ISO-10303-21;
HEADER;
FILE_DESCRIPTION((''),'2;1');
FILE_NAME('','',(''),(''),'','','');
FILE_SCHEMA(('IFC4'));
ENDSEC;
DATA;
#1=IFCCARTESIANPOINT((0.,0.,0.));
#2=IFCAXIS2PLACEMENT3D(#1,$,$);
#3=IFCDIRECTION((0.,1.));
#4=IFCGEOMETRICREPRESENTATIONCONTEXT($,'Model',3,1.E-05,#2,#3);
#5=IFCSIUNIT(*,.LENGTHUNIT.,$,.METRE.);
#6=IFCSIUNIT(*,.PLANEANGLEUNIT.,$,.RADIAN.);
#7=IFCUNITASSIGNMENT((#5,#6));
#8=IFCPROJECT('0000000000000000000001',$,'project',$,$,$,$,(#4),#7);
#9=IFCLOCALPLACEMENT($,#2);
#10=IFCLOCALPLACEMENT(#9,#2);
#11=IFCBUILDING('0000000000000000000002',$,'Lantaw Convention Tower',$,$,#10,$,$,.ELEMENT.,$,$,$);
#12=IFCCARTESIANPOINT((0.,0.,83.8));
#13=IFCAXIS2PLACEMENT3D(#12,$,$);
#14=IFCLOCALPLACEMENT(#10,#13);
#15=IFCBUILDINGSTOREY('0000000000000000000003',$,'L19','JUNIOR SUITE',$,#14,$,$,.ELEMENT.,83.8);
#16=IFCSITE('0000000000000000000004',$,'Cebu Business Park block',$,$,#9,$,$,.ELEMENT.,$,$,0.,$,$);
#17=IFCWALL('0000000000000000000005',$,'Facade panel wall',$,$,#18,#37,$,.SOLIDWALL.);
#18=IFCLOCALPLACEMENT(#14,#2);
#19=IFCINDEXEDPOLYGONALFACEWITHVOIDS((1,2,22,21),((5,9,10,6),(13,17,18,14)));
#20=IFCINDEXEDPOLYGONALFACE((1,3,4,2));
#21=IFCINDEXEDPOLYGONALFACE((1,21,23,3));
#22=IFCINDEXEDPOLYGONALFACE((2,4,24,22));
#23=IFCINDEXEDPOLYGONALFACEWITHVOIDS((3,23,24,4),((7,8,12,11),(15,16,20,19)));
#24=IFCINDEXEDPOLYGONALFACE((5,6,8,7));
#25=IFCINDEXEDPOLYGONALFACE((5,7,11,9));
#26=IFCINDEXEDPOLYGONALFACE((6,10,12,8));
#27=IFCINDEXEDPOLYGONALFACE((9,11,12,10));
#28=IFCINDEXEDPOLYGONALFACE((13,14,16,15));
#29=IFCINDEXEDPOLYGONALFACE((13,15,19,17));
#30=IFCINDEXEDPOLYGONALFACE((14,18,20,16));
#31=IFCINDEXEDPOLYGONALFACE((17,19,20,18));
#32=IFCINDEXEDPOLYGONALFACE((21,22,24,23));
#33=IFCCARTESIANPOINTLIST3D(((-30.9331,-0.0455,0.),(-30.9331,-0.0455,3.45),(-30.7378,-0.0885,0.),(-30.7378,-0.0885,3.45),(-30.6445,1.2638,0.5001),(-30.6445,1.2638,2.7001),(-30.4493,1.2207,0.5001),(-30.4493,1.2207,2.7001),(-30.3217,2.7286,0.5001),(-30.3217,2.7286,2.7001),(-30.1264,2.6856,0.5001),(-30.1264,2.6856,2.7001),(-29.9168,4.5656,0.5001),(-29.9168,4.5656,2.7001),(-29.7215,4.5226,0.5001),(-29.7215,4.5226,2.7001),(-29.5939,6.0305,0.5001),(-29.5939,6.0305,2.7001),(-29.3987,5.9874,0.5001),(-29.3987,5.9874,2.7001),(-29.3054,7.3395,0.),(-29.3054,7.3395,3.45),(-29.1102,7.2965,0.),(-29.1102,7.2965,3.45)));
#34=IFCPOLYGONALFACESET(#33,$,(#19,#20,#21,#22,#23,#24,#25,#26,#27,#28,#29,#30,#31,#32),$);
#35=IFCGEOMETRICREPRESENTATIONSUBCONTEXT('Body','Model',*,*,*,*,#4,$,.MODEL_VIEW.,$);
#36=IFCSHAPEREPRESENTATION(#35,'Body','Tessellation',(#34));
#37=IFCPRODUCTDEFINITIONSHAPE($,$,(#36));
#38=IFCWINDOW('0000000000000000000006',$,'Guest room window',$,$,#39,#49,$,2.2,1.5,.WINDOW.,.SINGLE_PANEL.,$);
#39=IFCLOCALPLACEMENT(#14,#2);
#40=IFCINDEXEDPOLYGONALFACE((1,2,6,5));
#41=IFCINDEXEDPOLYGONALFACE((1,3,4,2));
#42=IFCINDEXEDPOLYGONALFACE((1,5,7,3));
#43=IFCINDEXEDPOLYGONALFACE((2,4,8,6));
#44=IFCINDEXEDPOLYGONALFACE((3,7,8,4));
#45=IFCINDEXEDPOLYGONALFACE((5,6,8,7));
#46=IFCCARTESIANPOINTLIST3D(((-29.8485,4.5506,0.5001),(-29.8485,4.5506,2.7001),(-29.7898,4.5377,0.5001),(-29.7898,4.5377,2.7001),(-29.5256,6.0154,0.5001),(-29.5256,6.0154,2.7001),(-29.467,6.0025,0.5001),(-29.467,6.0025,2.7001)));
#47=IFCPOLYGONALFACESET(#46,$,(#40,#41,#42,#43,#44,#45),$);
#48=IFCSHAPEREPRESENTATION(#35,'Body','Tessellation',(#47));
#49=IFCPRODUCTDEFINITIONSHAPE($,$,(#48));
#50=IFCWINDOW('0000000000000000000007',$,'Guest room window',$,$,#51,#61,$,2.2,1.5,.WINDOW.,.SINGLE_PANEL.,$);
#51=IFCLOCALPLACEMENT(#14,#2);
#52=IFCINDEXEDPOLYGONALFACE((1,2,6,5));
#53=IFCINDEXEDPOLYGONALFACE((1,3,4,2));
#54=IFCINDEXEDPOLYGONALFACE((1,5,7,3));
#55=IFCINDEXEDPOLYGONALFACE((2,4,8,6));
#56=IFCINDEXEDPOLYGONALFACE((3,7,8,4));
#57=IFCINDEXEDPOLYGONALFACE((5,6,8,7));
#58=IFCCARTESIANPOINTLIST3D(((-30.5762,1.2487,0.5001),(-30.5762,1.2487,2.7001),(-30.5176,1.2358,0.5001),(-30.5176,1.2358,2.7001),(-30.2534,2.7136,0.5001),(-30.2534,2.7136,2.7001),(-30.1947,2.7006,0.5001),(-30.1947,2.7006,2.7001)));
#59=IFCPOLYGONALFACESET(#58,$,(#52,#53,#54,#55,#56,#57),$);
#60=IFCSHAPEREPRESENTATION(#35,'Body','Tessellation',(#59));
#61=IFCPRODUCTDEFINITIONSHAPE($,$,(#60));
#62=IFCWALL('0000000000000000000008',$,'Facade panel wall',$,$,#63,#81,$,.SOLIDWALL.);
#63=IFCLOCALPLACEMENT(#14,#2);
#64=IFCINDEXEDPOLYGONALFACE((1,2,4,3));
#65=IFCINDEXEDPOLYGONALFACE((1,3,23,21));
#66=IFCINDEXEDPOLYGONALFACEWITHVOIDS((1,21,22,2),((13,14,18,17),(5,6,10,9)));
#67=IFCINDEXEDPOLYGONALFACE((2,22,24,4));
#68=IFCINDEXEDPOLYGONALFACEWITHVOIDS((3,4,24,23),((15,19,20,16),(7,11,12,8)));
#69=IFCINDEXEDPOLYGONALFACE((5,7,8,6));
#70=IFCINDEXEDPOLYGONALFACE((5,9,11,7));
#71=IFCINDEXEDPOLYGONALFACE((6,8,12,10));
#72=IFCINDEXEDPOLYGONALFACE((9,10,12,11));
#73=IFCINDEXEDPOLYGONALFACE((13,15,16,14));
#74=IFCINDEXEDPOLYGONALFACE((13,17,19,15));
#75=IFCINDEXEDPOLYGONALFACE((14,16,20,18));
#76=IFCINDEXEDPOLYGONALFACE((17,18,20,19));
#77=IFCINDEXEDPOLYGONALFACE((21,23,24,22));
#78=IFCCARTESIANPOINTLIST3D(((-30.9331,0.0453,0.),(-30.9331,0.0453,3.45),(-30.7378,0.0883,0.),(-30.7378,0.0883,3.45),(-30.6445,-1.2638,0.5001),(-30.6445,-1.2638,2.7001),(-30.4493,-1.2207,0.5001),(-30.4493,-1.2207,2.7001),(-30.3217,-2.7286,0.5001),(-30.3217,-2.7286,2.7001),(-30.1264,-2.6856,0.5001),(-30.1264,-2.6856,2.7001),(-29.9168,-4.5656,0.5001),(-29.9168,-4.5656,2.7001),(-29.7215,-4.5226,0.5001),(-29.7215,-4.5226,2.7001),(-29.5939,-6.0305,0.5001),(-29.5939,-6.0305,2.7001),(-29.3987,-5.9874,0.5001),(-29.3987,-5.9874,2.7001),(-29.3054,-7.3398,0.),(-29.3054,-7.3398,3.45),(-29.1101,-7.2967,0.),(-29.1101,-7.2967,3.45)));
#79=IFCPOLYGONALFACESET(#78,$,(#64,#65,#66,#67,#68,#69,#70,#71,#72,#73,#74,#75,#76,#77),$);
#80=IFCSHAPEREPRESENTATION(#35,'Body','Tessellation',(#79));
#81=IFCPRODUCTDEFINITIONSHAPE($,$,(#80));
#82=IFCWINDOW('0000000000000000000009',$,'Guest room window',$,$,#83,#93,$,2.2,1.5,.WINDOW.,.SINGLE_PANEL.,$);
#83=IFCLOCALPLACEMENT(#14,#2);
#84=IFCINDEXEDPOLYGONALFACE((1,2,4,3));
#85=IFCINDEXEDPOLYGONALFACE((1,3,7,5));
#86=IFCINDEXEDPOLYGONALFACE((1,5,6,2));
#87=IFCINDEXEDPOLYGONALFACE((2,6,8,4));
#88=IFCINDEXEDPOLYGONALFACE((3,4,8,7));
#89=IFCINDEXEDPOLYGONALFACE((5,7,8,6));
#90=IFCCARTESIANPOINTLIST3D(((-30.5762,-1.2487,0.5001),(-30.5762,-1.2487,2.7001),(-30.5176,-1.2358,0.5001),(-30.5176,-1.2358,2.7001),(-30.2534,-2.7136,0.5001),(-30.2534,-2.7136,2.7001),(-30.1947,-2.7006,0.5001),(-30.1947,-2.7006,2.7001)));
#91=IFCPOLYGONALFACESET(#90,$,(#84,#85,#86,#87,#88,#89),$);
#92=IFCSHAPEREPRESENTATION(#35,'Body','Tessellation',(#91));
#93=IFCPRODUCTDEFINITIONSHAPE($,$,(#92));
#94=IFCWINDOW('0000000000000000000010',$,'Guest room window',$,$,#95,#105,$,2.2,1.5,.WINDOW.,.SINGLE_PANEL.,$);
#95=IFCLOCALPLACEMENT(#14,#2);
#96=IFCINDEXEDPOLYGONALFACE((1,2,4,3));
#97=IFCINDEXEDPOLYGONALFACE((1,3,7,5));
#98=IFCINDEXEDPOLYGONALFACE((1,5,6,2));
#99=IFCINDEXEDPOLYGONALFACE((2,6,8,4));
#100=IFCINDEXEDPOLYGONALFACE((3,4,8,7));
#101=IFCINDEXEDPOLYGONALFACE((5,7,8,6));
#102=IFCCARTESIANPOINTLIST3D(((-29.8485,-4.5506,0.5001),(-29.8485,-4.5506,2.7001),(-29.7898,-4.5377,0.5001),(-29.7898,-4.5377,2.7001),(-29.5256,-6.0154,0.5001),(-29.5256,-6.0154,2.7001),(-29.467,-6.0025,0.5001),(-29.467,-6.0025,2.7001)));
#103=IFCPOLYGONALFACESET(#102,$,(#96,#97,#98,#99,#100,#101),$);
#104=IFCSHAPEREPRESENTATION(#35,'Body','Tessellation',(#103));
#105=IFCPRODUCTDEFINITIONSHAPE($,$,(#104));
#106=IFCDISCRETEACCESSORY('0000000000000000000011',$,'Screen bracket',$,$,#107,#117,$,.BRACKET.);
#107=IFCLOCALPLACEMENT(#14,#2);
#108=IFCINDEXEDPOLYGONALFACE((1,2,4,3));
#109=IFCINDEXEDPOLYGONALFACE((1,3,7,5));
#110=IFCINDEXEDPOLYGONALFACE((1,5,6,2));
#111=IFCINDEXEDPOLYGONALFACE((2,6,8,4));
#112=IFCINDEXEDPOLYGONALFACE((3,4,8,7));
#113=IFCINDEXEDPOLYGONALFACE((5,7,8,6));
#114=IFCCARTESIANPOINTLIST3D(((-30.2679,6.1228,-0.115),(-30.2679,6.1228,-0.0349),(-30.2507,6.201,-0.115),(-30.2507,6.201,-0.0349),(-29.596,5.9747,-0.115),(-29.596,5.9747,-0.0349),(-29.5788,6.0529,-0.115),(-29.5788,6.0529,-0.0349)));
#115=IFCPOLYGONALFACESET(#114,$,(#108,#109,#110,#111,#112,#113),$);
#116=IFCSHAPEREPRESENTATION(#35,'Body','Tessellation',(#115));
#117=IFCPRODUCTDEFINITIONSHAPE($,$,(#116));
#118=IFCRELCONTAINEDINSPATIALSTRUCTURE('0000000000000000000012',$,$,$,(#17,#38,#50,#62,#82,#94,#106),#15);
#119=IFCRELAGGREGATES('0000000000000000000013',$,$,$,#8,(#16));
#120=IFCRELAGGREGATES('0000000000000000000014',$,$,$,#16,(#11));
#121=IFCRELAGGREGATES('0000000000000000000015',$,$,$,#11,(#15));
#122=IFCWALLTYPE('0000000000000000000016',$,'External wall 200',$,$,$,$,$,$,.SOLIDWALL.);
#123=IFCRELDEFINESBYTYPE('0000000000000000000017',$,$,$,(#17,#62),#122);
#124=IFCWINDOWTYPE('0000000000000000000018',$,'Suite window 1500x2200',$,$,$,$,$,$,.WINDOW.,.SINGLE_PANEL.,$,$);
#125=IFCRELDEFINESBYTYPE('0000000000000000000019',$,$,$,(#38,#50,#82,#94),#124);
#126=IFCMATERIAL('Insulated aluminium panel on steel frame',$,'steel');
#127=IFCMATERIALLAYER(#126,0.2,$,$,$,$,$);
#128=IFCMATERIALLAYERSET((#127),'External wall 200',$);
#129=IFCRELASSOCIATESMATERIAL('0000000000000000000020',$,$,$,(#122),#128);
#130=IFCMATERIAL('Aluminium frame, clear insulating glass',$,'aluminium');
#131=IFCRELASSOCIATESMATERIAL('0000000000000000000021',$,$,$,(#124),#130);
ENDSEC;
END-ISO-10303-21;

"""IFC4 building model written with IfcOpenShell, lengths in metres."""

from ifc_helpers import new_model, si_unit, direction, frame, frame_2d, origin, origin_2d, place, context, subcontext, project, spatial, rectangle, extrude, material, layer, layer_set, type_object, element, fill, save


model = new_model("IFC4")

# Units and contexts
model_context = context("Model", 3, precision=1e-05, world=origin(), true_north=direction((0.0, 1.0)))
body_context = subcontext(model_context, "Body", "Model", "MODEL_VIEW")
ifc_project = project(units=[si_unit("LENGTHUNIT", "METRE"), si_unit("PLANEANGLEUNIT", "RADIAN")], contexts=[model_context])

# Site, building, storey
site_placement = place(None, origin())
site = spatial("IfcSite", under=ifc_project, at=site_placement, Name="Cebu Business Park block", CompositionType="ELEMENT", RefElevation=0.0)
building_placement = place(site_placement, origin())
building = spatial("IfcBuilding", under=site, at=building_placement, Name="Lantaw Convention Tower", CompositionType="ELEMENT")
storey_placement = place(building_placement, frame((0.0, 0.0, 83.8)))
storey = spatial("IfcBuildingStorey", under=building, at=storey_placement, Name="L19", Description="JUNIOR SUITE", CompositionType="ELEMENT", Elevation=83.8)

# Walls, openings, windows
ifc_material_1 = material(Name="Insulated aluminium panel on steel frame", Category="steel")
ifc_layer_1 = layer(ifc_material_1, 0.2)
ifc_layer_set_1 = layer_set([ifc_layer_1], Name="External wall 200")
wall_type_1 = type_object("IfcWallType", Name="External wall 200", PredefinedType="SOLIDWALL", material=ifc_layer_set_1)
wall_1_placement = place(storey_placement, frame((-29.2078, 7.3181, 0.0), z_axis=(0.0, 0.0, 1.0), x_axis=(-0.215238, -0.976562, 0.0)))
wall_1 = element("IfcWall", 1, at=wall_1_placement, inside=storey, type_object=wall_type_1, Name="Facade panel wall", PredefinedType="SOLIDWALL", context=body_context, shape_type="SweptSolid", body=[
    extrude(rectangle(XDim=7.5623, YDim=0.2, at=frame_2d((3.7812, 0.0))), origin(), (0.0, 0.0, 1.0), 3.45),
])
opening_1_placement = place(wall_1_placement, frame((1.3406, 0.0, 0.5)))
opening_1 = element("IfcOpeningElement", 2, at=opening_1_placement, cuts=wall_1, PredefinedType="OPENING", context=body_context, shape_type="SweptSolid", body=[
    extrude(rectangle(XDim=1.5, YDim=2.2, at=frame_2d((0.75, 1.1001))), frame((0.0, 0.1099, 0.0), z_axis=(0.0, -1.0, 0.0), x_axis=(1.0, 0.0, 0.0)), (0.0, 0.0, 1.0), 0.22),
])
opening_2_placement = place(wall_1_placement, frame((4.7217, 0.0, 0.5)))
opening_2 = element("IfcOpeningElement", 3, at=opening_2_placement, cuts=wall_1, PredefinedType="OPENING", context=body_context, shape_type="SweptSolid", body=[
    extrude(rectangle(XDim=1.5, YDim=2.2, at=frame_2d((0.75, 1.1001))), frame((0.0, 0.1099, 0.0), z_axis=(0.0, -1.0, 0.0), x_axis=(1.0, 0.0, 0.0)), (0.0, 0.0, 1.0), 0.22),
])
ifc_material_2 = material(Name="Aluminium frame, clear insulating glass", Category="aluminium")
window_type = type_object("IfcWindowType", Name="Suite window 1500x2200", PartitioningType="SINGLE_PANEL", PredefinedType="WINDOW", material=ifc_material_2)
window_1_placement = place(opening_1_placement, origin())
window_1 = element("IfcWindow", 4, at=window_1_placement, inside=storey, type_object=window_type, Name="Guest room window", OverallHeight=2.2, OverallWidth=1.5, PartitioningType="SINGLE_PANEL", PredefinedType="WINDOW", context=body_context, shape_type="SweptSolid", body=[
    extrude(rectangle(XDim=1.5, YDim=2.2, at=frame_2d((0.75, 1.1001))), frame((0.0, 0.03, 0.0), z_axis=(0.0, -1.0, 0.0), x_axis=(1.0, 0.0, 0.0)), (0.0, 0.0, 1.0), 0.0601),
])
fill(opening_1, window_1)
window_2_placement = place(opening_2_placement, origin())
window_2 = element("IfcWindow", 5, at=window_2_placement, inside=storey, type_object=window_type, Name="Guest room window", OverallHeight=2.2, OverallWidth=1.5, PartitioningType="SINGLE_PANEL", PredefinedType="WINDOW", context=body_context, shape_type="SweptSolid", body=[
    extrude(rectangle(XDim=1.5, YDim=2.2, at=frame_2d((0.75, 1.1001))), frame((0.0, 0.03, 0.0), z_axis=(0.0, -1.0, 0.0), x_axis=(1.0, 0.0, 0.0)), (0.0, 0.0, 1.0), 0.0601),
])
fill(opening_2, window_2)
wall_2_placement = place(storey_placement, frame((-30.8354, 0.0669, 0.0), z_axis=(0.0, 0.0, 1.0), x_axis=(0.215238, -0.976562, 0.0)))
wall_2 = element("IfcWall", 6, at=wall_2_placement, inside=storey, type_object=wall_type_1, Name="Facade panel wall", PredefinedType="SOLIDWALL", context=body_context, shape_type="SweptSolid", body=[
    extrude(rectangle(XDim=7.5623, YDim=0.2, at=frame_2d((3.7812, 0.0))), origin(), (0.0, 0.0, 1.0), 3.45),
])
opening_3_placement = place(wall_2_placement, frame((1.3406, 0.0, 0.5)))
opening_3 = element("IfcOpeningElement", 7, at=opening_3_placement, cuts=wall_2, PredefinedType="OPENING", context=body_context, shape_type="SweptSolid", body=[
    extrude(rectangle(XDim=1.5, YDim=2.2, at=frame_2d((0.75, 1.1001))), frame((0.0, 0.1099, 0.0), z_axis=(0.0, -1.0, 0.0), x_axis=(1.0, 0.0, 0.0)), (0.0, 0.0, 1.0), 0.22),
])
opening_4_placement = place(wall_2_placement, frame((4.7217, 0.0, 0.5)))
opening_4 = element("IfcOpeningElement", 8, at=opening_4_placement, cuts=wall_2, PredefinedType="OPENING", context=body_context, shape_type="SweptSolid", body=[
    extrude(rectangle(XDim=1.5, YDim=2.2, at=frame_2d((0.75, 1.1001))), frame((0.0, 0.1099, 0.0), z_axis=(0.0, -1.0, 0.0), x_axis=(1.0, 0.0, 0.0)), (0.0, 0.0, 1.0), 0.22),
])
window_3_placement = place(opening_3_placement, origin())
window_3 = element("IfcWindow", 9, at=window_3_placement, inside=storey, type_object=window_type, Name="Guest room window", OverallHeight=2.2, OverallWidth=1.5, PartitioningType="SINGLE_PANEL", PredefinedType="WINDOW", context=body_context, shape_type="SweptSolid", body=[
    extrude(rectangle(XDim=1.5, YDim=2.2, at=frame_2d((0.75, 1.1001))), frame((0.0, 0.03, 0.0), z_axis=(0.0, -1.0, 0.0), x_axis=(1.0, 0.0, 0.0)), (0.0, 0.0, 1.0), 0.0601),
])
fill(opening_3, window_3)
window_4_placement = place(opening_4_placement, origin())
window_4 = element("IfcWindow", 10, at=window_4_placement, inside=storey, type_object=window_type, Name="Guest room window", OverallHeight=2.2, OverallWidth=1.5, PartitioningType="SINGLE_PANEL", PredefinedType="WINDOW", context=body_context, shape_type="SweptSolid", body=[
    extrude(rectangle(XDim=1.5, YDim=2.2, at=frame_2d((0.75, 1.1001))), frame((0.0, 0.03, 0.0), z_axis=(0.0, -1.0, 0.0), x_axis=(1.0, 0.0, 0.0)), (0.0, 0.0, 1.0), 0.0601),
])
fill(opening_4, window_4)

# Discrete accessory
discrete_accessory_placement = place(storey_placement, frame((-29.9233, 6.0879, -0.115), z_axis=(0.0, 0.0, 1.0), x_axis=(-0.215246, -0.97656, 0.0)))
element("IfcDiscreteAccessory", 11, at=discrete_accessory_placement, inside=storey, Name="Screen bracket", PredefinedType="BRACKET", context=body_context, shape_type="SweptSolid", body=[
    extrude(rectangle(XDim=0.0801, YDim=0.688, at=origin_2d()), origin(), (0.0, 0.0, 1.0), 0.0801),
])

save(model, "model.ifc")
